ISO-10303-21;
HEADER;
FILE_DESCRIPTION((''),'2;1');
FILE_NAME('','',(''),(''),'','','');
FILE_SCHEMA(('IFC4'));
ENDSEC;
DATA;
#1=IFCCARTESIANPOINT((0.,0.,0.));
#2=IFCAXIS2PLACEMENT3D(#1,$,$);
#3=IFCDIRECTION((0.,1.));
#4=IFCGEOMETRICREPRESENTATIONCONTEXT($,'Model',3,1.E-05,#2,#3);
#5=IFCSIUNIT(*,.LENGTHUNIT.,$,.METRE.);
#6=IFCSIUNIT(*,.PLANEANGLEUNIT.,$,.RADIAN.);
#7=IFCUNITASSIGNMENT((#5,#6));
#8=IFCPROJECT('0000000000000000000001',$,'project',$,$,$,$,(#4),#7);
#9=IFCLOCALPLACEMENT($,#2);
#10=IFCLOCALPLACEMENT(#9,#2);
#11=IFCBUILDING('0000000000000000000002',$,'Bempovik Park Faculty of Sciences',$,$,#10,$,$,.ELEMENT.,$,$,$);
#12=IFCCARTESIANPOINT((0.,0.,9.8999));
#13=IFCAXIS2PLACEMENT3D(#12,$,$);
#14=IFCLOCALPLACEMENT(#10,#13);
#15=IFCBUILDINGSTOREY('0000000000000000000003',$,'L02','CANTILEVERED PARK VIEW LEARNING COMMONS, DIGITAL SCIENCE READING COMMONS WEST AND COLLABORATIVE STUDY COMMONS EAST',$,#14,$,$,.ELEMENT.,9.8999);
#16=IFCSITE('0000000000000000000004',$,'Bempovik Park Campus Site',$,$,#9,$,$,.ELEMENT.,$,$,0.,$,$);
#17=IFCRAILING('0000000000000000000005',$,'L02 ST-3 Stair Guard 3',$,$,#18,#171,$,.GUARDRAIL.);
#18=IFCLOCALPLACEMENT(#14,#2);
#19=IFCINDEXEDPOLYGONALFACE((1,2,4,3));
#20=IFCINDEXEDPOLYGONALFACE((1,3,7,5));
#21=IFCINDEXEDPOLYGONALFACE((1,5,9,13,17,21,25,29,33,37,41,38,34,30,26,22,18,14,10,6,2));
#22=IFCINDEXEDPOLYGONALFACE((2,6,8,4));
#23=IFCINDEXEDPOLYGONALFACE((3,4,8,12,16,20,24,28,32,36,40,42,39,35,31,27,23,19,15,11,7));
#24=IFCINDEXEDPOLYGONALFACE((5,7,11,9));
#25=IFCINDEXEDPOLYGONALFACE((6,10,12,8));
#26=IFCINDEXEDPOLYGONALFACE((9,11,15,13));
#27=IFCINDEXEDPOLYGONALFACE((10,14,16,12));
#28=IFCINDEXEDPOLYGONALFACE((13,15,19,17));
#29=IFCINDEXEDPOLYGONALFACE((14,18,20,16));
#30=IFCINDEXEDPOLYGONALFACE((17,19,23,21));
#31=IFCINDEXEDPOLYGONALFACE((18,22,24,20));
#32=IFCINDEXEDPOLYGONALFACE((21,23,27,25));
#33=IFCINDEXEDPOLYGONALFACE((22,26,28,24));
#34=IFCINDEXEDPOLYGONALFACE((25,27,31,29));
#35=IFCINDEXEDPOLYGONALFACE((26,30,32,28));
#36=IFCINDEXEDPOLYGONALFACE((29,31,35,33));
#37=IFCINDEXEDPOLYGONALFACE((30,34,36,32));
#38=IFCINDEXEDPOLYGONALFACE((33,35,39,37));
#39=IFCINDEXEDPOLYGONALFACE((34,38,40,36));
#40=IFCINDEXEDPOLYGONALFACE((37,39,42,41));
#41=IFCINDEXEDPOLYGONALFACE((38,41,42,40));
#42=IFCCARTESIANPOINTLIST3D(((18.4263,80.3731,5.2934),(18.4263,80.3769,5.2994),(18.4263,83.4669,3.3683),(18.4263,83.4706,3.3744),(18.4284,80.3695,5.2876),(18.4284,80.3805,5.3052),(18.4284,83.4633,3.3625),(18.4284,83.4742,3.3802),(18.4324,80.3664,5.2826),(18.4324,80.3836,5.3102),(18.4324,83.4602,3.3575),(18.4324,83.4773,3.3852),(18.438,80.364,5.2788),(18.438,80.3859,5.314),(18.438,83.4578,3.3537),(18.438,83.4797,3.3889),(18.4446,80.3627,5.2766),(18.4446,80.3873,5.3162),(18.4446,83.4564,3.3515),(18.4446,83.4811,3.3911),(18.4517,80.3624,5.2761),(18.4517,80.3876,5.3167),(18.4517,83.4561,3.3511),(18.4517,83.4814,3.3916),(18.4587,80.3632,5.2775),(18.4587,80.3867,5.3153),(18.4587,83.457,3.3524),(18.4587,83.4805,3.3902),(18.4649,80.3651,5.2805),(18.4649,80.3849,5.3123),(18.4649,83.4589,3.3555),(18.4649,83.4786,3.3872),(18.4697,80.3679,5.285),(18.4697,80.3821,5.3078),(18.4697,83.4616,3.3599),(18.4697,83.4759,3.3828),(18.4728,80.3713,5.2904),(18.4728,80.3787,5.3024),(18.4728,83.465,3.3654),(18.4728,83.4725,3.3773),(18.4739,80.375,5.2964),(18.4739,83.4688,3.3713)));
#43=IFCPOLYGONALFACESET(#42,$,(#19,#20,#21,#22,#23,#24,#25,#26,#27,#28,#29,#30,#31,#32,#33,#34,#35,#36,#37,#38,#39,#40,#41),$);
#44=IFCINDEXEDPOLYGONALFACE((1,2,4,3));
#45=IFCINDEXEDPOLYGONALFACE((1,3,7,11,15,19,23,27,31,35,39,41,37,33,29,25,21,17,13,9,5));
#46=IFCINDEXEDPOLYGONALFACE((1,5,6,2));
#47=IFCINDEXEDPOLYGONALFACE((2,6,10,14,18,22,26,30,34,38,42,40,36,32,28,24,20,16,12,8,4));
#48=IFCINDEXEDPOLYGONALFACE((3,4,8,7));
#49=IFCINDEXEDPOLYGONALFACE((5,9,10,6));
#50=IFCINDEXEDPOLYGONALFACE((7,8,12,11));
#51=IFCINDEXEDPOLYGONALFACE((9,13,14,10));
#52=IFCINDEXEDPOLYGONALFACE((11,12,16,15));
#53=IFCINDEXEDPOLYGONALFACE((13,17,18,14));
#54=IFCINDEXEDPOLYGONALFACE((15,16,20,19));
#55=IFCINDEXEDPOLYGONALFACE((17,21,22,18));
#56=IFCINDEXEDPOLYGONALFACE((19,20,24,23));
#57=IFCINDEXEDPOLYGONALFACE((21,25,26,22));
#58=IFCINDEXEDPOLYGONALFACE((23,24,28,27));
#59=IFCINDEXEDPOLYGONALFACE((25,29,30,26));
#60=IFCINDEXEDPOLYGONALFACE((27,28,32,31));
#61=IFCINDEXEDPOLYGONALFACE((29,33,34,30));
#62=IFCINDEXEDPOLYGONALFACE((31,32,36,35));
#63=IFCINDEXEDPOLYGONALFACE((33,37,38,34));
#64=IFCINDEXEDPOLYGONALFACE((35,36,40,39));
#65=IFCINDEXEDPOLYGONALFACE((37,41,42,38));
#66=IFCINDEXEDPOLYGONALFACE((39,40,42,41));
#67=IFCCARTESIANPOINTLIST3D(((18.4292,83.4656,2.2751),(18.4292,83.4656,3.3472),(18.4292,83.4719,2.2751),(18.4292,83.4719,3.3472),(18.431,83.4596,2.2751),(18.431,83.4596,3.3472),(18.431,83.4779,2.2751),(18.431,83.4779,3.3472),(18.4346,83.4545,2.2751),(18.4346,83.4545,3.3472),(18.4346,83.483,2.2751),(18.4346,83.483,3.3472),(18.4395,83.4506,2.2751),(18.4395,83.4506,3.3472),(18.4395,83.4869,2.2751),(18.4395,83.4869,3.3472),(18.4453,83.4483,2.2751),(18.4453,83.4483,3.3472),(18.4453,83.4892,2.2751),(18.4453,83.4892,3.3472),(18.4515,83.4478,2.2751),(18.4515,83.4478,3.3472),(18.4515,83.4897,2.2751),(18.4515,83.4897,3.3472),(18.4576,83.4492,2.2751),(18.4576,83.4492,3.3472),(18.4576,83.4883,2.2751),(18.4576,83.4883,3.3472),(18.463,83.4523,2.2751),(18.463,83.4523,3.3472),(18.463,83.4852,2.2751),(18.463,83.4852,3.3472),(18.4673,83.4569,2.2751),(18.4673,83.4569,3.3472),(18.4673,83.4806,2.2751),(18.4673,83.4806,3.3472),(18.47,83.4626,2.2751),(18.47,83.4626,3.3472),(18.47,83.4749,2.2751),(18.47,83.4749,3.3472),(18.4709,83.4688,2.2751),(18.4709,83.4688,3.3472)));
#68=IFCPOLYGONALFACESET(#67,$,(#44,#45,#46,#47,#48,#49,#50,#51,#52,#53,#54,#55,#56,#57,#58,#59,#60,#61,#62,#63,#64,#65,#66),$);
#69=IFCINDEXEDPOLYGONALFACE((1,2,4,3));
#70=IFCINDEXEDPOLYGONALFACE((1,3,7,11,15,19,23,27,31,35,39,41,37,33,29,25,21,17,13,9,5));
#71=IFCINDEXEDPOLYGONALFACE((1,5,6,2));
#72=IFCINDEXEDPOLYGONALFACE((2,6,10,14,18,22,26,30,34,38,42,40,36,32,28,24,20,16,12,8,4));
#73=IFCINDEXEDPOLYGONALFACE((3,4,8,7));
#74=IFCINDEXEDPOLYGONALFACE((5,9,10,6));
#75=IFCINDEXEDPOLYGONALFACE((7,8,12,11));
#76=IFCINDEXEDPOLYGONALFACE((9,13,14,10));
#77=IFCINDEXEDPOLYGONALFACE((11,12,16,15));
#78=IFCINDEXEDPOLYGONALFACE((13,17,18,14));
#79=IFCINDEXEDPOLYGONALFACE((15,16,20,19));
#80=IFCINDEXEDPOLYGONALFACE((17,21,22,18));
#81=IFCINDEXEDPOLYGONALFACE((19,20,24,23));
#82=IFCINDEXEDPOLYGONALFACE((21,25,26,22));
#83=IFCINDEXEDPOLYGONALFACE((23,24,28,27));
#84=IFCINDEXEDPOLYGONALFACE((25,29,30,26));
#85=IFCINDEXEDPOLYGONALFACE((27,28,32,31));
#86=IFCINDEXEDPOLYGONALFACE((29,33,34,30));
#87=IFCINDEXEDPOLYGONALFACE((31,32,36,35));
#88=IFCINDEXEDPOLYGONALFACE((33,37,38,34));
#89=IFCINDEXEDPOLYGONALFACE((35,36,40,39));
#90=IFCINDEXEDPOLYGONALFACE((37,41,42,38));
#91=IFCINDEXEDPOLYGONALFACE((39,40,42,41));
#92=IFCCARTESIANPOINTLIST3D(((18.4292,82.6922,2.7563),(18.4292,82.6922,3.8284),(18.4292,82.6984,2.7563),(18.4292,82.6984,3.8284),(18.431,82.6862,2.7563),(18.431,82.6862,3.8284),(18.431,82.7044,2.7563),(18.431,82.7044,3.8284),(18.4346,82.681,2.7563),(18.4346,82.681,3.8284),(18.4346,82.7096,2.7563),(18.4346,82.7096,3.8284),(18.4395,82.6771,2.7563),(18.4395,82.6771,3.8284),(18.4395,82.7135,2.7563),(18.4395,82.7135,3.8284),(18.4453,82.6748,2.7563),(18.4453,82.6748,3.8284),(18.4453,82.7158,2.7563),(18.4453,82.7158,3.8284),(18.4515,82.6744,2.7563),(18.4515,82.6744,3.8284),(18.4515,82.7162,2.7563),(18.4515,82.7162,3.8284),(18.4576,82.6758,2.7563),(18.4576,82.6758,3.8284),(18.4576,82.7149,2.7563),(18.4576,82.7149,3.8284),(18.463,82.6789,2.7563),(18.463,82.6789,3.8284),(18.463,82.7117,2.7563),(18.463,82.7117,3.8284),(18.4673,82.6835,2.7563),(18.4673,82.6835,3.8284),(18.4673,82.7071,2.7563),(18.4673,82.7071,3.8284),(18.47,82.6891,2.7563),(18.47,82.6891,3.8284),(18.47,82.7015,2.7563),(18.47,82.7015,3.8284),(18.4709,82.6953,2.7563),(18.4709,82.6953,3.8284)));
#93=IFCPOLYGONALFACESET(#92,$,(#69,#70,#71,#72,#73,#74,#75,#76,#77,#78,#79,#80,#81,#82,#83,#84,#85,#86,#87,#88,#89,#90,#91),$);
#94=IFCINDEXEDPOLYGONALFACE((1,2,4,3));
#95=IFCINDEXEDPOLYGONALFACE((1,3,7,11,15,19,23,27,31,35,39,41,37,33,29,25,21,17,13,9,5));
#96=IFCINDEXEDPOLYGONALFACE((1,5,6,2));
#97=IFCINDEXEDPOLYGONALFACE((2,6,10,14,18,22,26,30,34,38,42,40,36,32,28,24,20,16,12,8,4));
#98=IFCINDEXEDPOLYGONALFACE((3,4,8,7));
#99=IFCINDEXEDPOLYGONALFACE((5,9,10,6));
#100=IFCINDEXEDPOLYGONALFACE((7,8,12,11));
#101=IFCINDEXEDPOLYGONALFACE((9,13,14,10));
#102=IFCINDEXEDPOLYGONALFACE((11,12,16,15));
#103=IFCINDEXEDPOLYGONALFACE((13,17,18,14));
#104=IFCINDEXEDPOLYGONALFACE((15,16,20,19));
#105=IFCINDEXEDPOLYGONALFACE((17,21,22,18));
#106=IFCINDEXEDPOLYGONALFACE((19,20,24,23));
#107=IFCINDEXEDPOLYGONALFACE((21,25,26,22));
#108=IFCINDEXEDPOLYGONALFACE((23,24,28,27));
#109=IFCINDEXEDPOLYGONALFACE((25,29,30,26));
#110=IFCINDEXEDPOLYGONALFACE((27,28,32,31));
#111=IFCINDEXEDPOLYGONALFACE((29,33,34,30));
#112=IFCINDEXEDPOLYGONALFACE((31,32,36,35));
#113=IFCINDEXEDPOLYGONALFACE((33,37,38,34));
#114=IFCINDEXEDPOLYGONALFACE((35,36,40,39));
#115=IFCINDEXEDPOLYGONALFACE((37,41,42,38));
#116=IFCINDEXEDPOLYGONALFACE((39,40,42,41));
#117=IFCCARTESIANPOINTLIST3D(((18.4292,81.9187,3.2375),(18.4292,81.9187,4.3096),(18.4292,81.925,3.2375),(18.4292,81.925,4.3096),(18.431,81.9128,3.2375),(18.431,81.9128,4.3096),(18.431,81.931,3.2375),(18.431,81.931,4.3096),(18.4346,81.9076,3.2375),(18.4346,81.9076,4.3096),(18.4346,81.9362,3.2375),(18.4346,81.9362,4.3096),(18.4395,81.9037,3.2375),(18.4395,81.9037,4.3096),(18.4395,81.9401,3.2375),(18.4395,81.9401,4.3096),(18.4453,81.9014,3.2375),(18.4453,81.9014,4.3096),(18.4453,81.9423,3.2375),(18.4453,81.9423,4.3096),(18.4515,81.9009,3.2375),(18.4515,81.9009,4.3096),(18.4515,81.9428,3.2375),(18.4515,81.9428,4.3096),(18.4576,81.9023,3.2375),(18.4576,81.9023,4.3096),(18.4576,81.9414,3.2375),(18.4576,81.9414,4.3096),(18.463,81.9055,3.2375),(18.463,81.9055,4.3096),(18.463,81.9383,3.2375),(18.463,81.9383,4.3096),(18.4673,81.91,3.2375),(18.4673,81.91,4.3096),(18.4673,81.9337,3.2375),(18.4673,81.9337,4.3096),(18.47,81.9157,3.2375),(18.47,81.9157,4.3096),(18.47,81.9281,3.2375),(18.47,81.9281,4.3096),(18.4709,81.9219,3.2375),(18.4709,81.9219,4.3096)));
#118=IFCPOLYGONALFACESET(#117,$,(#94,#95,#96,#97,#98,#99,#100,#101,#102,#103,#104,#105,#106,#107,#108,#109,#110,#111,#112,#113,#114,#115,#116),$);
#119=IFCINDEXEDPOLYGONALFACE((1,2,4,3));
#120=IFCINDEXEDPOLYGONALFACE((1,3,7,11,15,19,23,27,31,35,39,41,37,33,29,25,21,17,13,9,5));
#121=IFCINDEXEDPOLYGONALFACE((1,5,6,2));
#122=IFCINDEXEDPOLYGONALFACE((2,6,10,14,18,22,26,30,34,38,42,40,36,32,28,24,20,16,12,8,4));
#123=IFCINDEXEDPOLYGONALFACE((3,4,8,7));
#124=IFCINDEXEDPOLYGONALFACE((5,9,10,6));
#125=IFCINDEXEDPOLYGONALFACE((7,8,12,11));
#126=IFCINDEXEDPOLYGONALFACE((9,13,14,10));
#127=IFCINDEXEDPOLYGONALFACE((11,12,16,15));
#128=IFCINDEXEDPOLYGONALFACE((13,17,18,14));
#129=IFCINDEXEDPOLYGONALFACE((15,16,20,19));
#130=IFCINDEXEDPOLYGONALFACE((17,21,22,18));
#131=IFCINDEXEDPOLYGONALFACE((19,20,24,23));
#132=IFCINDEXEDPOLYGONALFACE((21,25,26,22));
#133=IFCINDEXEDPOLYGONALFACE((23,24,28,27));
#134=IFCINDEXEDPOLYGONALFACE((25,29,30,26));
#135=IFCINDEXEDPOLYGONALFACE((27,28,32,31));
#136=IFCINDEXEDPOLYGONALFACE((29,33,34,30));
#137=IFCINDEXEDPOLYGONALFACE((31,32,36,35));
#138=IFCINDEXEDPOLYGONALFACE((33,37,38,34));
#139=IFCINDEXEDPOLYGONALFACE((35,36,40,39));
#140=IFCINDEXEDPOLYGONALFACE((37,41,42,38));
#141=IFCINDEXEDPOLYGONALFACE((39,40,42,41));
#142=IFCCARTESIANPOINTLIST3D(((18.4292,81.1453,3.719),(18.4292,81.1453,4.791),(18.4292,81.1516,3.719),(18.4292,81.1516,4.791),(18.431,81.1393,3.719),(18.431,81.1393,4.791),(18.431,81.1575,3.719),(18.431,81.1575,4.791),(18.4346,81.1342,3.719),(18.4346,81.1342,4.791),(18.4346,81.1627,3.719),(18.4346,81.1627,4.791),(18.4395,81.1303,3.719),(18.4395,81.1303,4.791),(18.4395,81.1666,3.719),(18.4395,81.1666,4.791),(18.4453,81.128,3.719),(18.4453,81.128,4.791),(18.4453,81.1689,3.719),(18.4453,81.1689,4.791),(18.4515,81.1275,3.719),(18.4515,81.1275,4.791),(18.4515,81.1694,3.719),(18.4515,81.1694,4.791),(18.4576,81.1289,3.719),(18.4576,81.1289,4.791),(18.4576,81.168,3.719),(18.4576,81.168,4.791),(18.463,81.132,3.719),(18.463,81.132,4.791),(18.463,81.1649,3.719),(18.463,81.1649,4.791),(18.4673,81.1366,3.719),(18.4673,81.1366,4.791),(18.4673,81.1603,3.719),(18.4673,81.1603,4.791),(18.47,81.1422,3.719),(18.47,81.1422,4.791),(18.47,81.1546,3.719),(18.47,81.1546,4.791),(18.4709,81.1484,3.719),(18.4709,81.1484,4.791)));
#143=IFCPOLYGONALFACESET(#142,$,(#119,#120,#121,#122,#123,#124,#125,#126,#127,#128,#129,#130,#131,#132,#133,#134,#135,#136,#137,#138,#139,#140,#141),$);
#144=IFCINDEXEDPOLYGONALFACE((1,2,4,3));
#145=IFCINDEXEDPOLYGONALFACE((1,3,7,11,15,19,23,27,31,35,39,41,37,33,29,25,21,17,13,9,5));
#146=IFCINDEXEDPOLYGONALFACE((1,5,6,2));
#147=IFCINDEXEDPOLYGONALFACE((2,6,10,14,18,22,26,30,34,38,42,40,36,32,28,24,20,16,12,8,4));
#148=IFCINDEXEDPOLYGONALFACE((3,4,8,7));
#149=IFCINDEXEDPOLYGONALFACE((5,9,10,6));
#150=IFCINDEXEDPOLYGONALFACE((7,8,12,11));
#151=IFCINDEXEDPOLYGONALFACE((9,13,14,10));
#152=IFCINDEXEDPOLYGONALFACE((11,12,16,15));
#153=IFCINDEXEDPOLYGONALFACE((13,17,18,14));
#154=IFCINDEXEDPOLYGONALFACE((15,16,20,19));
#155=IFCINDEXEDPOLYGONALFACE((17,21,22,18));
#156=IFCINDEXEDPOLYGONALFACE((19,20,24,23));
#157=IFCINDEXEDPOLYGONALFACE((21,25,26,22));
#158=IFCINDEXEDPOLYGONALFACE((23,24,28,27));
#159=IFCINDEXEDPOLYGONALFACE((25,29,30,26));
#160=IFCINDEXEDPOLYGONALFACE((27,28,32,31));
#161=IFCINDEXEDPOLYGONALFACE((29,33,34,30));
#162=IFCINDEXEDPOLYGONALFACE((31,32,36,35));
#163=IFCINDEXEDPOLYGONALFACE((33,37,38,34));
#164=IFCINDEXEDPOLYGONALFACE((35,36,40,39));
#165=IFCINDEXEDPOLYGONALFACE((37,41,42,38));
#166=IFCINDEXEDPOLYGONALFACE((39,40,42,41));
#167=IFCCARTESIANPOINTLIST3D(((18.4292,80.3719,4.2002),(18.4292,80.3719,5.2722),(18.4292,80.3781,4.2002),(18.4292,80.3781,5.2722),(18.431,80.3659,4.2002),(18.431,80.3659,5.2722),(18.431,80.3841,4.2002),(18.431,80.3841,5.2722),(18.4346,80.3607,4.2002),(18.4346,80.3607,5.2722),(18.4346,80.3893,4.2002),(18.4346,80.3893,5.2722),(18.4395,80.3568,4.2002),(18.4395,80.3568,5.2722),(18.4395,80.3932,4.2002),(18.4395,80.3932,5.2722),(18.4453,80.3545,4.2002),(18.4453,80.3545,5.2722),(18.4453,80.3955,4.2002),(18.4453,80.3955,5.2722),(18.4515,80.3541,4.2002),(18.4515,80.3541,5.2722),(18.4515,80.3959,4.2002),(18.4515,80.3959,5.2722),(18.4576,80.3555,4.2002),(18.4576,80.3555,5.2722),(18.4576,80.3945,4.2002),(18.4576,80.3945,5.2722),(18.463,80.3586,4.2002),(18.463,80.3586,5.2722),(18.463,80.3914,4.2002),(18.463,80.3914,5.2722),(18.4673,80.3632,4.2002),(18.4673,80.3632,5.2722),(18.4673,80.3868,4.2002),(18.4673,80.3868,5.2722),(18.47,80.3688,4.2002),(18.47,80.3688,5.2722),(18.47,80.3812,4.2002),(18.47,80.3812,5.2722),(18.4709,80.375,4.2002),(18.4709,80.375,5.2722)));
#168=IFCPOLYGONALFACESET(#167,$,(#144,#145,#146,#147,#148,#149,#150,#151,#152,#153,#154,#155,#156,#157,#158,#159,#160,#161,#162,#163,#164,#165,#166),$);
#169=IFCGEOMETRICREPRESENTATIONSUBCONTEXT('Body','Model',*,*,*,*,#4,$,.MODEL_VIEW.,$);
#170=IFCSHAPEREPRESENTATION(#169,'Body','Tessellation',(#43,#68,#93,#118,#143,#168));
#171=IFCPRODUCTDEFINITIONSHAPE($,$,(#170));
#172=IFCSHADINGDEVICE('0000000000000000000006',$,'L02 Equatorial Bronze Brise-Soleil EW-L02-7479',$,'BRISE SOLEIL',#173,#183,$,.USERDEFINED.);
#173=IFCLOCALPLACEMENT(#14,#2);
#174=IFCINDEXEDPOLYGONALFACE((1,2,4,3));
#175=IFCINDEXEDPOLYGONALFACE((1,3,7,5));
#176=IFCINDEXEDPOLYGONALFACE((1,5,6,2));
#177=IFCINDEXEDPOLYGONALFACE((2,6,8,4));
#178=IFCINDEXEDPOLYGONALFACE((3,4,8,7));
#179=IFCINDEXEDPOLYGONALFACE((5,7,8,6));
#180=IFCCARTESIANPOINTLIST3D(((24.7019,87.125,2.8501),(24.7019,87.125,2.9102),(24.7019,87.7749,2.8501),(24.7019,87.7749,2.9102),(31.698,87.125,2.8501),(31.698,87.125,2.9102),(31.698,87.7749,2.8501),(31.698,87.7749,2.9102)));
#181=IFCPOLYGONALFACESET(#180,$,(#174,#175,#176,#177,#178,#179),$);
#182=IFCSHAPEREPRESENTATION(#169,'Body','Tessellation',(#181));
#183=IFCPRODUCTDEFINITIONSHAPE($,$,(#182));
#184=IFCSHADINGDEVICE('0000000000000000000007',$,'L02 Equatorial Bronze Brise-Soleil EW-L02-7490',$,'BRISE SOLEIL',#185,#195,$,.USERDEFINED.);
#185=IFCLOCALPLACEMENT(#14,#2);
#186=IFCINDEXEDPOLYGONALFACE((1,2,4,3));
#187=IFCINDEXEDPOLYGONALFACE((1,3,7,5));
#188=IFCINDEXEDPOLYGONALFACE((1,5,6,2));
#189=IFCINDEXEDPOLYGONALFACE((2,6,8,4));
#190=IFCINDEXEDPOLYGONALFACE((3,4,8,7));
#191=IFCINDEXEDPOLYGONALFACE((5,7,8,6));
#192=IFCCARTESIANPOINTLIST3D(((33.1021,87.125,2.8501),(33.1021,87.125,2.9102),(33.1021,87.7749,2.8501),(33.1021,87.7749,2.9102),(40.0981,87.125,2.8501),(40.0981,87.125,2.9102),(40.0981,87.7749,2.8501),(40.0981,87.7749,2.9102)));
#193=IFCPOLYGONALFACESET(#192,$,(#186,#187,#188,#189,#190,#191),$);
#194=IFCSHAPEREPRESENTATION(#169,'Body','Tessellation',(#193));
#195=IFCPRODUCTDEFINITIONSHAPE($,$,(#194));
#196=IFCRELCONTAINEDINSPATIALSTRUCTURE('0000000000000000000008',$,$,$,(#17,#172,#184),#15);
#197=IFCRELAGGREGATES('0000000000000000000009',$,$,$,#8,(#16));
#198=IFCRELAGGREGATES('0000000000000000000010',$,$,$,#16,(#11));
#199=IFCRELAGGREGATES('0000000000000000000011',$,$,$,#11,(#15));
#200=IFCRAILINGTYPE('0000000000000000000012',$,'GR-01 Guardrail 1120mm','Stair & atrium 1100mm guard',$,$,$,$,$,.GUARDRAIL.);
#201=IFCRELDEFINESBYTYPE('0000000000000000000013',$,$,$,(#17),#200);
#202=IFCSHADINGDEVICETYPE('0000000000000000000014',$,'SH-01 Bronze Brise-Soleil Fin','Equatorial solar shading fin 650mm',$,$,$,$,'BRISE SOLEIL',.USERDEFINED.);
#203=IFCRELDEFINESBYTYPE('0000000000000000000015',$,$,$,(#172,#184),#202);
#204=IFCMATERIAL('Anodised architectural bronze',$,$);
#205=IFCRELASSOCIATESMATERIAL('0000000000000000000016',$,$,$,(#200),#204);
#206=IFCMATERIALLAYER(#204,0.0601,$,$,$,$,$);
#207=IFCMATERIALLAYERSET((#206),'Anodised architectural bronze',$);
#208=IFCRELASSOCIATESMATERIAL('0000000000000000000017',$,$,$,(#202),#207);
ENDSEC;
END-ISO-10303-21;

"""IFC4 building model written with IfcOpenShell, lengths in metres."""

from ifc_helpers import new_model, si_unit, direction, frame, origin, origin_2d, place, context, subcontext, project, spatial, rectangle, circle, extrude, material, layer, layer_set, type_object, element, save


model = new_model("IFC4")

# Units and contexts
model_context = context("Model", 3, precision=1e-05, world=origin(), true_north=direction((0.0, 1.0)))
body_context = subcontext(model_context, "Body", "Model", "MODEL_VIEW")
ifc_project = project(units=[si_unit("LENGTHUNIT", "METRE"), si_unit("PLANEANGLEUNIT", "RADIAN")], contexts=[model_context])

# Site, building, storey
site_placement = place(None, origin())
site = spatial("IfcSite", under=ifc_project, at=site_placement, Name="Bempovik Park Campus Site", CompositionType="ELEMENT", RefElevation=0.0)
building_placement = place(site_placement, origin())
building = spatial("IfcBuilding", under=site, at=building_placement, Name="Bempovik Park Faculty of Sciences", CompositionType="ELEMENT")
storey_placement = place(building_placement, frame((0.0, 0.0, 9.8999)))
storey = spatial("IfcBuildingStorey", under=building, at=storey_placement, Name="L02", Description="CANTILEVERED PARK VIEW LEARNING COMMONS, DIGITAL SCIENCE READING COMMONS WEST AND COLLABORATIVE STUDY COMMONS EAST", CompositionType="ELEMENT", Elevation=9.8999)

# Railing
ifc_material_1 = material(Name="Anodised architectural bronze")
railing_type = type_object("IfcRailingType", Name="GR-01 Guardrail 1120mm", Description="Stair & atrium 1100mm guard", PredefinedType="GUARDRAIL", material=ifc_material_1)
railing_1_placement = place(storey_placement, frame((18.45, 83.4688, 2.2751)))
element("IfcRailing", 1, at=railing_1_placement, inside=storey, type_object=railing_type, Name="L02 ST-3 Stair Guard 3", PredefinedType="GUARDRAIL", context=body_context, shape_type="SweptSolid", body=[
    extrude(circle(Radius=0.0239, at=origin_2d()), frame((0.0, 0.0, 1.0962), z_axis=(0.0, -0.849051, 0.528312), x_axis=(1.0, 0.0, 0.0)), (0.0, 0.0, 1.0), 3.6438),
    extrude(circle(Radius=0.021, at=origin_2d()), origin(), (0.0, 0.0, 1.0), 1.072),
    extrude(circle(Radius=0.021, at=origin_2d()), frame((0.0, -0.7734, 0.4812)), (0.0, 0.0, 1.0), 1.072),
    extrude(circle(Radius=0.021, at=origin_2d()), frame((0.0, -1.5469, 0.9624)), (0.0, 0.0, 1.0), 1.072),
    extrude(circle(Radius=0.021, at=origin_2d()), frame((0.0, -2.3203, 1.4438)), (0.0, 0.0, 1.0), 1.072),
    extrude(circle(Radius=0.021, at=origin_2d()), frame((0.0, -3.0938, 1.925)), (0.0, 0.0, 1.0), 1.072),
])

# Shading devices
ifc_layer_1 = layer(ifc_material_1, 0.0601)
ifc_layer_set_1 = layer_set([ifc_layer_1], Name="Anodised architectural bronze")
shading_device_type = type_object("IfcShadingDeviceType", Name="SH-01 Bronze Brise-Soleil Fin", Description="Equatorial solar shading fin 650mm", ElementType="BRISE SOLEIL", PredefinedType="USERDEFINED", material=ifc_layer_set_1)
for number, where, z_axis, x_axis, name in (
    (2, (28.2, 87.45, 2.8501), (0.0, 0.0, 1.0), (1.0, 0.0, 0.0), "L02 Equatorial Bronze Brise-Soleil EW-L02-7479"),
    (3, (36.6001, 87.45, 2.8501), (0.0, 0.0, 1.0), (1.0, 0.0, 0.0), "L02 Equatorial Bronze Brise-Soleil EW-L02-7490"),
):
    element("IfcShadingDevice", number, at=place(storey_placement, frame(where, z_axis=z_axis, x_axis=x_axis)), inside=storey, type_object=shading_device_type, Name=name, ObjectType="BRISE SOLEIL", PredefinedType="USERDEFINED", context=body_context, shape_type="SweptSolid", body=[
        extrude(rectangle(XDim=6.9961, YDim=0.6499, at=origin_2d()), origin(), (0.0, 0.0, 1.0), 0.0601),
    ])

save(model, "model.ifc")
